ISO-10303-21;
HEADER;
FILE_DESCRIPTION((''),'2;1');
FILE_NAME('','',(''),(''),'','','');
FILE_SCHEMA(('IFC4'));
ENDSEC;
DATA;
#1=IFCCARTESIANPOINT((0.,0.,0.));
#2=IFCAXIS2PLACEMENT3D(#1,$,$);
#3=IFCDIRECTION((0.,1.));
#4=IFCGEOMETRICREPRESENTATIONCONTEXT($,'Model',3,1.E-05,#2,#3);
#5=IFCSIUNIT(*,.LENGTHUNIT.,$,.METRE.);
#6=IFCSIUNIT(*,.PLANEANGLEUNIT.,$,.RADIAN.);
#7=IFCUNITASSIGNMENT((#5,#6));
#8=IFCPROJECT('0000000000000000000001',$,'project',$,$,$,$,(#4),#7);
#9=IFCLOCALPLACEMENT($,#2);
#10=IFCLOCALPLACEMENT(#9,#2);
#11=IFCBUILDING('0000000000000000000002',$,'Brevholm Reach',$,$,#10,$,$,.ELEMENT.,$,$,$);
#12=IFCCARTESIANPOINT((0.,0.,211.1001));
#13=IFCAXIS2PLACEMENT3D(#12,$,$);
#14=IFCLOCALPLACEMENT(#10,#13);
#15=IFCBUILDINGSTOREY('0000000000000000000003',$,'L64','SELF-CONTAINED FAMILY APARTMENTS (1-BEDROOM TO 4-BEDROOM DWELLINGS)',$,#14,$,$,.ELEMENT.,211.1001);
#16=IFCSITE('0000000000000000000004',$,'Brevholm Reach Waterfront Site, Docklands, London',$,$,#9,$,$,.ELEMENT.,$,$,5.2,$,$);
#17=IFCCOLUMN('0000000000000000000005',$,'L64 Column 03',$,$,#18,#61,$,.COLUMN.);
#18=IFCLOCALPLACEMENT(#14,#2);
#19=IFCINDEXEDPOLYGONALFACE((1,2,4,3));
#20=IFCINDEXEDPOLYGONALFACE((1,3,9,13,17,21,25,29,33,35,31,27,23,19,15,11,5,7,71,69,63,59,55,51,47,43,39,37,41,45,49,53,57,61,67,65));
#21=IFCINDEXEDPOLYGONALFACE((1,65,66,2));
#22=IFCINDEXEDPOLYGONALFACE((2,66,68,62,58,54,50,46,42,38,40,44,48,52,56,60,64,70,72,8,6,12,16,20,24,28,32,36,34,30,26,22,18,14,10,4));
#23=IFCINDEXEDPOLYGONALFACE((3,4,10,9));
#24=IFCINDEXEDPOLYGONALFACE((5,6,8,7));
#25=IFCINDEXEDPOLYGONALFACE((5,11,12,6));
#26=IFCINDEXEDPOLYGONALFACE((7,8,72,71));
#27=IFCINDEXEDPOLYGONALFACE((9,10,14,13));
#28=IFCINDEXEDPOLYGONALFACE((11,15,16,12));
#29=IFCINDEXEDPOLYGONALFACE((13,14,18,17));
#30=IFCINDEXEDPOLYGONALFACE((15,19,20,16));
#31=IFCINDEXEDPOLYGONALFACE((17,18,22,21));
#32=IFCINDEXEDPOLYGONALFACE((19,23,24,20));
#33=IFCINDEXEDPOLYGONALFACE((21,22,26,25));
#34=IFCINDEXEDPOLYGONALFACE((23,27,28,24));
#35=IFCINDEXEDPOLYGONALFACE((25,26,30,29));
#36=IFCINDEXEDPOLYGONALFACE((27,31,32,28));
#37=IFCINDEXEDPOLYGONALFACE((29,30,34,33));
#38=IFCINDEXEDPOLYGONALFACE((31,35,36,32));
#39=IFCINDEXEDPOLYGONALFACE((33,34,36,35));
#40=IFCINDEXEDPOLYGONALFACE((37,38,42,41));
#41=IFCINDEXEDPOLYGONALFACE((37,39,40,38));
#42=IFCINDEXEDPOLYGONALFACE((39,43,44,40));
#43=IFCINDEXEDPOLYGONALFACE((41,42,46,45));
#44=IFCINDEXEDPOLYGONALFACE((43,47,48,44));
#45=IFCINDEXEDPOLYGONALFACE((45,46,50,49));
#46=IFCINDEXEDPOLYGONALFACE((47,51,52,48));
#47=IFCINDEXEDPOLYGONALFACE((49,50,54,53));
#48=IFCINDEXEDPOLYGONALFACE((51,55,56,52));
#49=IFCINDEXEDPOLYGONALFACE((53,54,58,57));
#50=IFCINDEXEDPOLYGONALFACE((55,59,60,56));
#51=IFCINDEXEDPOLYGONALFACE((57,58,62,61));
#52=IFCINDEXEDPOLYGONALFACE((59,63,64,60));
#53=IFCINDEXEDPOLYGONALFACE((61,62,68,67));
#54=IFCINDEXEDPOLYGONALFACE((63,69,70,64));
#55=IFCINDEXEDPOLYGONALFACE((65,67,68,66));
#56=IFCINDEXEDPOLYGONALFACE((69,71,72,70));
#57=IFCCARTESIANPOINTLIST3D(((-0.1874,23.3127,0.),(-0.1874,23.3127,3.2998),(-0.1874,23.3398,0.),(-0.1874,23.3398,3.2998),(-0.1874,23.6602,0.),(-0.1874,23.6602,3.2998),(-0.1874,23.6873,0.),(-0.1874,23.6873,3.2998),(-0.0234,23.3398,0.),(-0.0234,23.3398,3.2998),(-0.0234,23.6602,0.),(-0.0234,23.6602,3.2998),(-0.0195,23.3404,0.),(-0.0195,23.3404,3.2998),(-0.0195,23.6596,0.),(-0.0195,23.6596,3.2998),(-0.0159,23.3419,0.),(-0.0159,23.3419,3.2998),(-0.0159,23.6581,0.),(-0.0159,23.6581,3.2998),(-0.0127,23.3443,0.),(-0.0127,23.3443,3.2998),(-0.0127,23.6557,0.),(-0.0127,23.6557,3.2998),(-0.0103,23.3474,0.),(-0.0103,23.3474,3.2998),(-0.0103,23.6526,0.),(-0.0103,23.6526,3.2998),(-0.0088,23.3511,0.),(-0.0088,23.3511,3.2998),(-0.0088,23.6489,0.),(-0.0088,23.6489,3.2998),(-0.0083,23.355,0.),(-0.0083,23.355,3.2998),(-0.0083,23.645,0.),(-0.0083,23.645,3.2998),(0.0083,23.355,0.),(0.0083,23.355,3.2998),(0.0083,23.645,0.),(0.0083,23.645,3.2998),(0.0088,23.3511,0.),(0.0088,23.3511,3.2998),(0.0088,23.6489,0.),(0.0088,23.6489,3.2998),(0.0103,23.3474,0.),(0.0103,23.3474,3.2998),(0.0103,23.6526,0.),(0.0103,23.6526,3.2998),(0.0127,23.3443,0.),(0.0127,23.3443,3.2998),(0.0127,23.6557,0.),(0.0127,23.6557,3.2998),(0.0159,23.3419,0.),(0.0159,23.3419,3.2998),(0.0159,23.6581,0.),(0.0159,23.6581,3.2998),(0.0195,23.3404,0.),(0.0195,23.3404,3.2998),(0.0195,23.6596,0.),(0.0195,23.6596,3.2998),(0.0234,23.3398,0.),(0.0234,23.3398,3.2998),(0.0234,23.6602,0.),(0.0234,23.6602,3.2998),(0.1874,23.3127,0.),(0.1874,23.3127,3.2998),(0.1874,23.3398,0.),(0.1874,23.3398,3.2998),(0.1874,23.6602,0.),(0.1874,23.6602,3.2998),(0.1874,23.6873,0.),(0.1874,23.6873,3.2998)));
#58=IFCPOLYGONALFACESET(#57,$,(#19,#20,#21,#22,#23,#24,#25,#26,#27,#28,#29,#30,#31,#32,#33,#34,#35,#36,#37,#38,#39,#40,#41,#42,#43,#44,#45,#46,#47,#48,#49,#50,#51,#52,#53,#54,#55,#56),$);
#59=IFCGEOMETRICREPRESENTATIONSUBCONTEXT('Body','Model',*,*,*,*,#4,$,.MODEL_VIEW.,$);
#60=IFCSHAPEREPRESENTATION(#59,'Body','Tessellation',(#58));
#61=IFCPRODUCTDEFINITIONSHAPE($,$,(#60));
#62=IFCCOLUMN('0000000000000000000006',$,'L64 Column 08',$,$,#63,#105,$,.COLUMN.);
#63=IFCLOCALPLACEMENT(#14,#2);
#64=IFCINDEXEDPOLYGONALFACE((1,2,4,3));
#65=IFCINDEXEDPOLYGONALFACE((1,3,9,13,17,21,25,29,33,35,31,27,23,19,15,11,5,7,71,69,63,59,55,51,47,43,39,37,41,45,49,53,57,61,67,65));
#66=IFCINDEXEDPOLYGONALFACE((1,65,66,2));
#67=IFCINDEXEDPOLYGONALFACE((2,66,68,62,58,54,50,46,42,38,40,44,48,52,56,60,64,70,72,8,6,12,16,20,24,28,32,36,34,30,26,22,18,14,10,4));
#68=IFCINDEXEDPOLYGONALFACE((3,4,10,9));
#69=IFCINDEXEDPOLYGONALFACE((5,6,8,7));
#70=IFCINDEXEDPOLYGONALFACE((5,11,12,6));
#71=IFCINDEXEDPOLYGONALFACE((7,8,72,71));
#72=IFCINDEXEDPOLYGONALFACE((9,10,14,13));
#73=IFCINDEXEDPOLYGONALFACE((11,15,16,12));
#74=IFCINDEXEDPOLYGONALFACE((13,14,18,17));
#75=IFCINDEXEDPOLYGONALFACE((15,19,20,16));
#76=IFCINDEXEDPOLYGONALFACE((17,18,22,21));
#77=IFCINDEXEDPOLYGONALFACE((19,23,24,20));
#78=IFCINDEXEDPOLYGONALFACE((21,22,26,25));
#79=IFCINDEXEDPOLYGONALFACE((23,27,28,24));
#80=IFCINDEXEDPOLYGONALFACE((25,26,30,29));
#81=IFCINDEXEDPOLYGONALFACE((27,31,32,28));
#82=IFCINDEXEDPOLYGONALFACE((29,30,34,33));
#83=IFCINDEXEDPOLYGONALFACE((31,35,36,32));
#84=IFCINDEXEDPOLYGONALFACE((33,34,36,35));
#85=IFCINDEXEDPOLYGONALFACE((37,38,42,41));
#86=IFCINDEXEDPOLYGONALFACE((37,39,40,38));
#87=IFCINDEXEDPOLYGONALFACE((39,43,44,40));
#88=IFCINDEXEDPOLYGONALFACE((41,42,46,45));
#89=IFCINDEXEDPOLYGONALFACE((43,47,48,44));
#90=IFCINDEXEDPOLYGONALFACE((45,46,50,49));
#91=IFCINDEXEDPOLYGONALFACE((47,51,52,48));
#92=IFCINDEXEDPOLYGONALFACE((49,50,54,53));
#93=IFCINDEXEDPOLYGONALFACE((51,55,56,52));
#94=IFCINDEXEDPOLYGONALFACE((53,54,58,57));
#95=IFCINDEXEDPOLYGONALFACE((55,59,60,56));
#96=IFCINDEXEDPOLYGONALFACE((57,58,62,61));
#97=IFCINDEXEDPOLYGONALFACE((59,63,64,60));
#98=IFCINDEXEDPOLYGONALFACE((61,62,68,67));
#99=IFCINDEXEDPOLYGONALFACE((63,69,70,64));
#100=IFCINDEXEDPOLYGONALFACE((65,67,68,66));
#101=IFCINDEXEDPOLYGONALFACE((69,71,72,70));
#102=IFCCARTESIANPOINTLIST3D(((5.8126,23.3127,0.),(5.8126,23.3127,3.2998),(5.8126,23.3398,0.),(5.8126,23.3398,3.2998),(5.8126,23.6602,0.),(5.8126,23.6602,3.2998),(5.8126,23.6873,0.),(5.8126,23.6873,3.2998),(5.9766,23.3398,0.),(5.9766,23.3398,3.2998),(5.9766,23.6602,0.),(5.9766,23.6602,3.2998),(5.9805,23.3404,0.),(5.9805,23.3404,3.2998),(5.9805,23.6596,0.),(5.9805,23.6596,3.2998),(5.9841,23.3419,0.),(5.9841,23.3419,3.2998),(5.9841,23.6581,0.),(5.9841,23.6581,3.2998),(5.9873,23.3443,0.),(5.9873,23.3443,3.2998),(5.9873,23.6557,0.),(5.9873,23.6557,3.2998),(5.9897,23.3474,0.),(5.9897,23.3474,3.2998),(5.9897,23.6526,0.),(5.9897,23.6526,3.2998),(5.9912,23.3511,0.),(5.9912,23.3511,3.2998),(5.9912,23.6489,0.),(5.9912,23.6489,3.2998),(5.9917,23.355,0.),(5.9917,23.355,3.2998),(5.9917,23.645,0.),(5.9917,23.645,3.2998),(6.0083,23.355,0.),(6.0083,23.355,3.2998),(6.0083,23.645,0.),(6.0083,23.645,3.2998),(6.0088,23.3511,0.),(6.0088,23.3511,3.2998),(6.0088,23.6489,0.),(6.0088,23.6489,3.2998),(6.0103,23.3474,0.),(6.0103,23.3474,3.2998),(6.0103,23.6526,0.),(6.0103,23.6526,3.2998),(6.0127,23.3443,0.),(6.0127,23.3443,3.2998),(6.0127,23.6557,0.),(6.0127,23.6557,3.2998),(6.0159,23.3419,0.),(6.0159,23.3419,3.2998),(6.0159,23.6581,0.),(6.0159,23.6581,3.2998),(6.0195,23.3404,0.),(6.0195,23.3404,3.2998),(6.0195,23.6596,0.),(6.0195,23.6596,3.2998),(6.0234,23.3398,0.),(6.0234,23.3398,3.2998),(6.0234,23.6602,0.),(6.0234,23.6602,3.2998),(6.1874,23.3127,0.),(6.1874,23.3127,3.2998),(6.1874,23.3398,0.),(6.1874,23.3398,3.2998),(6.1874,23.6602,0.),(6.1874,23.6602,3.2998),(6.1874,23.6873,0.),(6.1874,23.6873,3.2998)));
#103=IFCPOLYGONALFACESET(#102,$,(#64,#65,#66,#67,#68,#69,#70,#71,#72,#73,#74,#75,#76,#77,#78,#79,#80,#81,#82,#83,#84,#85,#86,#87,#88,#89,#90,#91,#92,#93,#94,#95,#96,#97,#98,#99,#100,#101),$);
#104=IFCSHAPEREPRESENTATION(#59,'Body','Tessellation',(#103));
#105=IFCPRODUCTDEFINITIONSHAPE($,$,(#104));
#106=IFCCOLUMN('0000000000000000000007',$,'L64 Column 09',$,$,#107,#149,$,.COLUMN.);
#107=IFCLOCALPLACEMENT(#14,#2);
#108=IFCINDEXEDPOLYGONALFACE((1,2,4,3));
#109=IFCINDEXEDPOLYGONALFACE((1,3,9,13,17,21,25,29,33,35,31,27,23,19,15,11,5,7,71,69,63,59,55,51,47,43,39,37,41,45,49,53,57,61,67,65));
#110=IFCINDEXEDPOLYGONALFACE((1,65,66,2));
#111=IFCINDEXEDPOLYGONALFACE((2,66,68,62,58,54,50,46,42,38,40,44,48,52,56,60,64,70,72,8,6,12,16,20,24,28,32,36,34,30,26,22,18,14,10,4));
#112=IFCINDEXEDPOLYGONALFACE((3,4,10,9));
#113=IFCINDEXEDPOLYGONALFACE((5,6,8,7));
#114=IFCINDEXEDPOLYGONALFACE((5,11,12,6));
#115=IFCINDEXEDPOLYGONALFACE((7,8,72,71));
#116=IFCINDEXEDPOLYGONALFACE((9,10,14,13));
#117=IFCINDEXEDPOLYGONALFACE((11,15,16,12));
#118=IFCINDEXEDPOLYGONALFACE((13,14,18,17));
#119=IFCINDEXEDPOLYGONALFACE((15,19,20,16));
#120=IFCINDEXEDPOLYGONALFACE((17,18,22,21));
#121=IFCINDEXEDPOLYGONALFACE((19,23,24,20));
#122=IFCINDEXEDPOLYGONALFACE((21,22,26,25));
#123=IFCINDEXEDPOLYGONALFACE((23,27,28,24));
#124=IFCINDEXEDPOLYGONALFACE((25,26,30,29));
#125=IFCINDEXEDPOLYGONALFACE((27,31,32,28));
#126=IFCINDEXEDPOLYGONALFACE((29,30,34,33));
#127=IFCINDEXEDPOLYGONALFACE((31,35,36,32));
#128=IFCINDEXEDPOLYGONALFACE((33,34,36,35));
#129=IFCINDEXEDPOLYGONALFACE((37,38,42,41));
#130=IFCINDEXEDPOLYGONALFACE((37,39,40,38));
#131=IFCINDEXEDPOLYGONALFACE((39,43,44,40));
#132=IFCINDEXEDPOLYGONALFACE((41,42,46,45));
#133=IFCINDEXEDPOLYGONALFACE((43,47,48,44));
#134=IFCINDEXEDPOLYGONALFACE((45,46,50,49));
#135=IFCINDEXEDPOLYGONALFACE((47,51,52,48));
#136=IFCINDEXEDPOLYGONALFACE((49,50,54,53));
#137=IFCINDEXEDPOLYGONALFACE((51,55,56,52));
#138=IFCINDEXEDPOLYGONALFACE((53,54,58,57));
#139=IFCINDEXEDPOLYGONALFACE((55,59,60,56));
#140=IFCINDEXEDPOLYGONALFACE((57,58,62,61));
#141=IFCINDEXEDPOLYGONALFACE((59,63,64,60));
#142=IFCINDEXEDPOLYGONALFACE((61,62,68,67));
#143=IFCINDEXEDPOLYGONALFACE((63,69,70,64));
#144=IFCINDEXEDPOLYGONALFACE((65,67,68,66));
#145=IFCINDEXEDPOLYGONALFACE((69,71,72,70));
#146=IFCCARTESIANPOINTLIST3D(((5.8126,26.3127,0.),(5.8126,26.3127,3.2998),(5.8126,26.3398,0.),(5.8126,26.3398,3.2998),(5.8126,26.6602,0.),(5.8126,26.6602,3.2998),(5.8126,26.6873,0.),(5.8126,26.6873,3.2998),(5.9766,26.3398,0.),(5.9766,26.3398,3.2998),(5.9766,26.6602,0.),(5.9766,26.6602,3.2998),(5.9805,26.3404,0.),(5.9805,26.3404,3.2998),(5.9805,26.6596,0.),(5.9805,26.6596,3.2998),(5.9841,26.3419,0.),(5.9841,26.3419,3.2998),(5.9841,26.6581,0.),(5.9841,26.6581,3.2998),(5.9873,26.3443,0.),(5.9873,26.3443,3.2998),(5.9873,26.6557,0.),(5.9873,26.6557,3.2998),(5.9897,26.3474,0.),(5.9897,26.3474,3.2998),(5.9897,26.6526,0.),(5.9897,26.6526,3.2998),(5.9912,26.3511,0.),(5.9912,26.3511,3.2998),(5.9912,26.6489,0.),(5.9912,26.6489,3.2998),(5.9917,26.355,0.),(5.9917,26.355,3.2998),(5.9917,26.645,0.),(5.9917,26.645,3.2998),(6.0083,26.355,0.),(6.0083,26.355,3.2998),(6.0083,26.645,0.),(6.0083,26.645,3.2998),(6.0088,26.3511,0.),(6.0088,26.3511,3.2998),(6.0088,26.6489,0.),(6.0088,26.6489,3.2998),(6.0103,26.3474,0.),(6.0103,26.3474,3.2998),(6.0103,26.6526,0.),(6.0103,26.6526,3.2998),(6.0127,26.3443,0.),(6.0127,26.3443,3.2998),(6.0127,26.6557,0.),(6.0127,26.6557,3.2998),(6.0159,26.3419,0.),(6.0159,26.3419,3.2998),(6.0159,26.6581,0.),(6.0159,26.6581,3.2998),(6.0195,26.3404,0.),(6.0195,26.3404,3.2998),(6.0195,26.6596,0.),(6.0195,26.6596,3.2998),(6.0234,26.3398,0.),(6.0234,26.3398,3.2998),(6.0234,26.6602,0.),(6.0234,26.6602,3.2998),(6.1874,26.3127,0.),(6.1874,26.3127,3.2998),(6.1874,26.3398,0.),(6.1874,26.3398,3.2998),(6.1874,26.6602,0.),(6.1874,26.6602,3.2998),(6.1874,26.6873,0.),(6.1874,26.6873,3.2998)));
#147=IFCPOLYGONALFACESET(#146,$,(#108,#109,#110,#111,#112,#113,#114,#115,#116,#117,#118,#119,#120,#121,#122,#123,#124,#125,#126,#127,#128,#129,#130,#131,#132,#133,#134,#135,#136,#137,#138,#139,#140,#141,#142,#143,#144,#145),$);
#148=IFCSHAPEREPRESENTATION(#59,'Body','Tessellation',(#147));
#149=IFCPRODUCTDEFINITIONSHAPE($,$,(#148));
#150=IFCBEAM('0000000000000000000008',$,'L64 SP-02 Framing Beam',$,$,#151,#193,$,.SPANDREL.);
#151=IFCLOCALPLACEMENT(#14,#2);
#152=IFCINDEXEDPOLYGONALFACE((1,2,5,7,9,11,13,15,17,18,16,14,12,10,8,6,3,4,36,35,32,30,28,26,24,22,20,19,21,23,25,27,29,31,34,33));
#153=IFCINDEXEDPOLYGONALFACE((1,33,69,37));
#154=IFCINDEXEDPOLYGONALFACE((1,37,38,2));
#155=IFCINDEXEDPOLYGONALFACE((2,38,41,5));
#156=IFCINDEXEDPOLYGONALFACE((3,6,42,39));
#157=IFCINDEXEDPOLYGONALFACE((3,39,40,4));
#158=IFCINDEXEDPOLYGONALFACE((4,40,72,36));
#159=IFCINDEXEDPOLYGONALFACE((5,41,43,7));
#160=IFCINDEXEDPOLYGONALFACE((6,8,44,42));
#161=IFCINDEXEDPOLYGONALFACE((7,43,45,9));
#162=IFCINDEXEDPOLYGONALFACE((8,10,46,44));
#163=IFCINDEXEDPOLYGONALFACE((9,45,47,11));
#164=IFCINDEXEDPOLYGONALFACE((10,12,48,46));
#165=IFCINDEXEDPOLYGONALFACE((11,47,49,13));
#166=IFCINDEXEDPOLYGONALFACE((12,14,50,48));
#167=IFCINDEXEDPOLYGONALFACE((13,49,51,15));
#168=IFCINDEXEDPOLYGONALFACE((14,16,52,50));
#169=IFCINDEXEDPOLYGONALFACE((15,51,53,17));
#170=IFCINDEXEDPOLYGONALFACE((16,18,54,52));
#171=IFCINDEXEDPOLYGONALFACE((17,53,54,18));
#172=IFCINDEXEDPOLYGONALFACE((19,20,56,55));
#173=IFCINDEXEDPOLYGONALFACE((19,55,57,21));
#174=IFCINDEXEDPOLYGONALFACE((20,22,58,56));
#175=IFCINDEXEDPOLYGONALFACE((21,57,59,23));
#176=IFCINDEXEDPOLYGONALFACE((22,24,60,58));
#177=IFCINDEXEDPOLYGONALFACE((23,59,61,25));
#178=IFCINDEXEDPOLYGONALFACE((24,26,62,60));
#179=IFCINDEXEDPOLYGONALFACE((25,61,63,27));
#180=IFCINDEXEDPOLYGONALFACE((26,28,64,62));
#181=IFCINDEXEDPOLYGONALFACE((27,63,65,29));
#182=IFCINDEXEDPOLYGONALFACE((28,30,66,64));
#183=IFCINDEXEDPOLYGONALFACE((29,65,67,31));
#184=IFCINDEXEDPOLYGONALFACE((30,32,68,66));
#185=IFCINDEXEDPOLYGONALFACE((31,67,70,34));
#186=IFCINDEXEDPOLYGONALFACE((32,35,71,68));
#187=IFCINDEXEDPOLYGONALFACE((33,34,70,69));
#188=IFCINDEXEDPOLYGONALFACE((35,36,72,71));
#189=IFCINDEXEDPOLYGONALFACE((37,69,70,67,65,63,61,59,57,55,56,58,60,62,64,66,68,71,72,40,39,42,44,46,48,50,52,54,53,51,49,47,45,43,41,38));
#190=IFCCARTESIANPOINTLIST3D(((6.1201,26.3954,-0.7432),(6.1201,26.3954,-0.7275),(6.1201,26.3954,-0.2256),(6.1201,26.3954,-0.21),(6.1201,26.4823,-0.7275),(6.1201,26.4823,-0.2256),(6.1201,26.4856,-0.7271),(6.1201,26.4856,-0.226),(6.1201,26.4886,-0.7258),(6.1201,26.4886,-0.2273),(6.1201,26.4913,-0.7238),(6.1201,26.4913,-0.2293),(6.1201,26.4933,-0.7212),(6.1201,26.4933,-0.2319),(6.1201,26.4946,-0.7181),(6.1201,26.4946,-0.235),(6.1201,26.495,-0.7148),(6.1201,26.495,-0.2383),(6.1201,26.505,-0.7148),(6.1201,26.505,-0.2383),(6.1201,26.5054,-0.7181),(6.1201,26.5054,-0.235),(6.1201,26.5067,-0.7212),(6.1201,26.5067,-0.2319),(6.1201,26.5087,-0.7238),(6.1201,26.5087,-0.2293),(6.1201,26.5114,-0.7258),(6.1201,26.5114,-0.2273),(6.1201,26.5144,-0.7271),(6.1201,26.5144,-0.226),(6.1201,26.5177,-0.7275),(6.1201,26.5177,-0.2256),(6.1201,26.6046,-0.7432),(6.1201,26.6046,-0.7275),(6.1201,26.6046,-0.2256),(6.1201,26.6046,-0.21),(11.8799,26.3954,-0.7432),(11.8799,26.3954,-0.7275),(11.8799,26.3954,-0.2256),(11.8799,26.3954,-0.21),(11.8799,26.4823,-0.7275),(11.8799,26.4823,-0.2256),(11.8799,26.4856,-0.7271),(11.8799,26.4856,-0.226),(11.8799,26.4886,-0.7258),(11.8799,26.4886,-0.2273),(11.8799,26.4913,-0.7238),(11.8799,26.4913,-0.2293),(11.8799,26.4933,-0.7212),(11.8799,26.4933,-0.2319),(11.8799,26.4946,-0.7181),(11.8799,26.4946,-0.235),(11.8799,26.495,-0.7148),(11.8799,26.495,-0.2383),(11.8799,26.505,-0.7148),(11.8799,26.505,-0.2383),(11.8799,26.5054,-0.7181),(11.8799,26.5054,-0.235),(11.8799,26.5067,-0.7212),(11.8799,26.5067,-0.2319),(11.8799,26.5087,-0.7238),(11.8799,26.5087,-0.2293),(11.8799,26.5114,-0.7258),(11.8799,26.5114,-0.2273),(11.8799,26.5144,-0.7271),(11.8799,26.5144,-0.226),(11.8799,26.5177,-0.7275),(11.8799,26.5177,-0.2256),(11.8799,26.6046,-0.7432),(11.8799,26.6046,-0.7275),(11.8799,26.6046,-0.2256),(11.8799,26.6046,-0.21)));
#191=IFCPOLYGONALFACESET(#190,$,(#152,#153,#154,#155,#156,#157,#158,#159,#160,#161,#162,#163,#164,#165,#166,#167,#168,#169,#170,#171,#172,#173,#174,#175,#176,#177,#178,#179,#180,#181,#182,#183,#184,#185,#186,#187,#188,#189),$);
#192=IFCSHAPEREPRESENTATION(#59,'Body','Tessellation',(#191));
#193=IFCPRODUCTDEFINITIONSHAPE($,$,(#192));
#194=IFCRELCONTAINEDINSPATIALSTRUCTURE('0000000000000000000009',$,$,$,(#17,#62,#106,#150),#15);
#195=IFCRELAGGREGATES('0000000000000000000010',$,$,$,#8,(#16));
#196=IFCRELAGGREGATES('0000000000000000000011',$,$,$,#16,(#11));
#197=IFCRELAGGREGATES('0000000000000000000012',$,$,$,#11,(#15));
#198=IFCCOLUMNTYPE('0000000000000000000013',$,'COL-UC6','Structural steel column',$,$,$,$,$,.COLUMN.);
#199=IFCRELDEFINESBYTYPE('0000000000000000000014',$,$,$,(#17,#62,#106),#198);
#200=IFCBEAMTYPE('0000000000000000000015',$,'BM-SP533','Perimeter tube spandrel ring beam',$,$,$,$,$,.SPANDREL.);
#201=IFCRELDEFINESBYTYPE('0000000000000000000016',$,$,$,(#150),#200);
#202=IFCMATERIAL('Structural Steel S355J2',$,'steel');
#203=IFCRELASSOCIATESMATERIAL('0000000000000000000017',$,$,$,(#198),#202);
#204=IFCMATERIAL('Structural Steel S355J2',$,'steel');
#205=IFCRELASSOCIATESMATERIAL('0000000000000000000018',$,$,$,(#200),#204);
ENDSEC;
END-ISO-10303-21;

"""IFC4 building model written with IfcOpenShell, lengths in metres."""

from ifc_helpers import new_model, si_unit, direction, frame, origin, origin_2d, place, context, subcontext, project, spatial, i_section, extrude, material, material_profile, profile_set, type_object, element, save


model = new_model("IFC4")

# Units and contexts
model_context = context("Model", 3, precision=1e-05, world=origin(), true_north=direction((0.0, 1.0)))
body_context = subcontext(model_context, "Body", "Model", "MODEL_VIEW")
ifc_project = project(units=[si_unit("LENGTHUNIT", "METRE"), si_unit("PLANEANGLEUNIT", "RADIAN")], contexts=[model_context])

# Site, building, storey
site_placement = place(None, origin())
site = spatial("IfcSite", under=ifc_project, at=site_placement, Name="Brevholm Reach Waterfront Site, Docklands, London", CompositionType="ELEMENT", RefElevation=5.2)
building_placement = place(site_placement, origin())
building = spatial("IfcBuilding", under=site, at=building_placement, Name="Brevholm Reach", CompositionType="ELEMENT")
storey_placement = place(building_placement, frame((0.0, 0.0, 211.1001)))
storey = spatial("IfcBuildingStorey", under=building, at=storey_placement, Name="L64", Description="SELF-CONTAINED FAMILY APARTMENTS (1-BEDROOM TO 4-BEDROOM DWELLINGS)", CompositionType="ELEMENT", Elevation=211.1001)

# Columns
ifc_material_1 = material(Name="Structural Steel S355J2", Category="steel")
ifc_material_profile_1 = material_profile(ifc_material_1, i_section(OverallWidth=0.3748, OverallDepth=0.3745, WebThickness=0.0166, FlangeThickness=0.0271, FilletRadius=0.0151, at=origin_2d()), Name="UKC 356x368x202")
ifc_profile_set_1 = profile_set([ifc_material_profile_1], Name="Structural Steel S355J2")
column_type = type_object("IfcColumnType", Name="COL-UC6", Description="Structural steel column", PredefinedType="COLUMN", material=ifc_profile_set_1)
for number, where, z_axis, x_axis, name in (
    (1, (0.0, 23.5, 0.0), (0.0, 0.0, 1.0), (1.0, 0.0, 0.0), "L64 Column 03"),
    (2, (6.0, 23.5, 0.0), (0.0, 0.0, 1.0), (1.0, 0.0, 0.0), "L64 Column 08"),
    (3, (6.0, 26.5, 0.0), (0.0, 0.0, 1.0), (1.0, 0.0, 0.0), "L64 Column 09"),
):
    element("IfcColumn", number, at=place(storey_placement, frame(where, z_axis=z_axis, x_axis=x_axis)), inside=storey, type_object=column_type, Name=name, PredefinedType="COLUMN", context=body_context, shape_type="SweptSolid", body=[
        extrude(i_section(OverallWidth=0.3748, OverallDepth=0.3745, WebThickness=0.0166, FlangeThickness=0.0271, FilletRadius=0.0151, at=origin_2d()), origin(), (0.0, 0.0, 1.0), 3.2998),
    ])

# Beam
ifc_material_2 = material(Name="Structural Steel S355J2", Category="steel")
ifc_material_profile_2 = material_profile(ifc_material_2, i_section(OverallWidth=0.2092, OverallDepth=0.5332, WebThickness=0.01, FlangeThickness=0.0156, FilletRadius=0.0127, at=origin_2d()), Name="UKB 533x210x92")
ifc_profile_set_2 = profile_set([ifc_material_profile_2], Name="Structural Steel S355J2")
beam_type_1 = type_object("IfcBeamType", Name="BM-SP533", Description="Perimeter tube spandrel ring beam", PredefinedType="SPANDREL", material=ifc_profile_set_2)
beam_1_placement = place(storey_placement, frame((6.1201, 26.5, -0.4766), z_axis=(1.0, 0.0, 0.0), x_axis=(0.0, 1.0, 0.0)))
element("IfcBeam", 4, at=beam_1_placement, inside=storey, type_object=beam_type_1, Name="L64 SP-02 Framing Beam", PredefinedType="SPANDREL", context=body_context, shape_type="SweptSolid", body=[
    extrude(i_section(OverallWidth=0.2092, OverallDepth=0.5332, WebThickness=0.01, FlangeThickness=0.0156, FilletRadius=0.0127, at=origin_2d()), origin(), (0.0, 0.0, 1.0), 5.7598),
])

save(model, "model.ifc")
